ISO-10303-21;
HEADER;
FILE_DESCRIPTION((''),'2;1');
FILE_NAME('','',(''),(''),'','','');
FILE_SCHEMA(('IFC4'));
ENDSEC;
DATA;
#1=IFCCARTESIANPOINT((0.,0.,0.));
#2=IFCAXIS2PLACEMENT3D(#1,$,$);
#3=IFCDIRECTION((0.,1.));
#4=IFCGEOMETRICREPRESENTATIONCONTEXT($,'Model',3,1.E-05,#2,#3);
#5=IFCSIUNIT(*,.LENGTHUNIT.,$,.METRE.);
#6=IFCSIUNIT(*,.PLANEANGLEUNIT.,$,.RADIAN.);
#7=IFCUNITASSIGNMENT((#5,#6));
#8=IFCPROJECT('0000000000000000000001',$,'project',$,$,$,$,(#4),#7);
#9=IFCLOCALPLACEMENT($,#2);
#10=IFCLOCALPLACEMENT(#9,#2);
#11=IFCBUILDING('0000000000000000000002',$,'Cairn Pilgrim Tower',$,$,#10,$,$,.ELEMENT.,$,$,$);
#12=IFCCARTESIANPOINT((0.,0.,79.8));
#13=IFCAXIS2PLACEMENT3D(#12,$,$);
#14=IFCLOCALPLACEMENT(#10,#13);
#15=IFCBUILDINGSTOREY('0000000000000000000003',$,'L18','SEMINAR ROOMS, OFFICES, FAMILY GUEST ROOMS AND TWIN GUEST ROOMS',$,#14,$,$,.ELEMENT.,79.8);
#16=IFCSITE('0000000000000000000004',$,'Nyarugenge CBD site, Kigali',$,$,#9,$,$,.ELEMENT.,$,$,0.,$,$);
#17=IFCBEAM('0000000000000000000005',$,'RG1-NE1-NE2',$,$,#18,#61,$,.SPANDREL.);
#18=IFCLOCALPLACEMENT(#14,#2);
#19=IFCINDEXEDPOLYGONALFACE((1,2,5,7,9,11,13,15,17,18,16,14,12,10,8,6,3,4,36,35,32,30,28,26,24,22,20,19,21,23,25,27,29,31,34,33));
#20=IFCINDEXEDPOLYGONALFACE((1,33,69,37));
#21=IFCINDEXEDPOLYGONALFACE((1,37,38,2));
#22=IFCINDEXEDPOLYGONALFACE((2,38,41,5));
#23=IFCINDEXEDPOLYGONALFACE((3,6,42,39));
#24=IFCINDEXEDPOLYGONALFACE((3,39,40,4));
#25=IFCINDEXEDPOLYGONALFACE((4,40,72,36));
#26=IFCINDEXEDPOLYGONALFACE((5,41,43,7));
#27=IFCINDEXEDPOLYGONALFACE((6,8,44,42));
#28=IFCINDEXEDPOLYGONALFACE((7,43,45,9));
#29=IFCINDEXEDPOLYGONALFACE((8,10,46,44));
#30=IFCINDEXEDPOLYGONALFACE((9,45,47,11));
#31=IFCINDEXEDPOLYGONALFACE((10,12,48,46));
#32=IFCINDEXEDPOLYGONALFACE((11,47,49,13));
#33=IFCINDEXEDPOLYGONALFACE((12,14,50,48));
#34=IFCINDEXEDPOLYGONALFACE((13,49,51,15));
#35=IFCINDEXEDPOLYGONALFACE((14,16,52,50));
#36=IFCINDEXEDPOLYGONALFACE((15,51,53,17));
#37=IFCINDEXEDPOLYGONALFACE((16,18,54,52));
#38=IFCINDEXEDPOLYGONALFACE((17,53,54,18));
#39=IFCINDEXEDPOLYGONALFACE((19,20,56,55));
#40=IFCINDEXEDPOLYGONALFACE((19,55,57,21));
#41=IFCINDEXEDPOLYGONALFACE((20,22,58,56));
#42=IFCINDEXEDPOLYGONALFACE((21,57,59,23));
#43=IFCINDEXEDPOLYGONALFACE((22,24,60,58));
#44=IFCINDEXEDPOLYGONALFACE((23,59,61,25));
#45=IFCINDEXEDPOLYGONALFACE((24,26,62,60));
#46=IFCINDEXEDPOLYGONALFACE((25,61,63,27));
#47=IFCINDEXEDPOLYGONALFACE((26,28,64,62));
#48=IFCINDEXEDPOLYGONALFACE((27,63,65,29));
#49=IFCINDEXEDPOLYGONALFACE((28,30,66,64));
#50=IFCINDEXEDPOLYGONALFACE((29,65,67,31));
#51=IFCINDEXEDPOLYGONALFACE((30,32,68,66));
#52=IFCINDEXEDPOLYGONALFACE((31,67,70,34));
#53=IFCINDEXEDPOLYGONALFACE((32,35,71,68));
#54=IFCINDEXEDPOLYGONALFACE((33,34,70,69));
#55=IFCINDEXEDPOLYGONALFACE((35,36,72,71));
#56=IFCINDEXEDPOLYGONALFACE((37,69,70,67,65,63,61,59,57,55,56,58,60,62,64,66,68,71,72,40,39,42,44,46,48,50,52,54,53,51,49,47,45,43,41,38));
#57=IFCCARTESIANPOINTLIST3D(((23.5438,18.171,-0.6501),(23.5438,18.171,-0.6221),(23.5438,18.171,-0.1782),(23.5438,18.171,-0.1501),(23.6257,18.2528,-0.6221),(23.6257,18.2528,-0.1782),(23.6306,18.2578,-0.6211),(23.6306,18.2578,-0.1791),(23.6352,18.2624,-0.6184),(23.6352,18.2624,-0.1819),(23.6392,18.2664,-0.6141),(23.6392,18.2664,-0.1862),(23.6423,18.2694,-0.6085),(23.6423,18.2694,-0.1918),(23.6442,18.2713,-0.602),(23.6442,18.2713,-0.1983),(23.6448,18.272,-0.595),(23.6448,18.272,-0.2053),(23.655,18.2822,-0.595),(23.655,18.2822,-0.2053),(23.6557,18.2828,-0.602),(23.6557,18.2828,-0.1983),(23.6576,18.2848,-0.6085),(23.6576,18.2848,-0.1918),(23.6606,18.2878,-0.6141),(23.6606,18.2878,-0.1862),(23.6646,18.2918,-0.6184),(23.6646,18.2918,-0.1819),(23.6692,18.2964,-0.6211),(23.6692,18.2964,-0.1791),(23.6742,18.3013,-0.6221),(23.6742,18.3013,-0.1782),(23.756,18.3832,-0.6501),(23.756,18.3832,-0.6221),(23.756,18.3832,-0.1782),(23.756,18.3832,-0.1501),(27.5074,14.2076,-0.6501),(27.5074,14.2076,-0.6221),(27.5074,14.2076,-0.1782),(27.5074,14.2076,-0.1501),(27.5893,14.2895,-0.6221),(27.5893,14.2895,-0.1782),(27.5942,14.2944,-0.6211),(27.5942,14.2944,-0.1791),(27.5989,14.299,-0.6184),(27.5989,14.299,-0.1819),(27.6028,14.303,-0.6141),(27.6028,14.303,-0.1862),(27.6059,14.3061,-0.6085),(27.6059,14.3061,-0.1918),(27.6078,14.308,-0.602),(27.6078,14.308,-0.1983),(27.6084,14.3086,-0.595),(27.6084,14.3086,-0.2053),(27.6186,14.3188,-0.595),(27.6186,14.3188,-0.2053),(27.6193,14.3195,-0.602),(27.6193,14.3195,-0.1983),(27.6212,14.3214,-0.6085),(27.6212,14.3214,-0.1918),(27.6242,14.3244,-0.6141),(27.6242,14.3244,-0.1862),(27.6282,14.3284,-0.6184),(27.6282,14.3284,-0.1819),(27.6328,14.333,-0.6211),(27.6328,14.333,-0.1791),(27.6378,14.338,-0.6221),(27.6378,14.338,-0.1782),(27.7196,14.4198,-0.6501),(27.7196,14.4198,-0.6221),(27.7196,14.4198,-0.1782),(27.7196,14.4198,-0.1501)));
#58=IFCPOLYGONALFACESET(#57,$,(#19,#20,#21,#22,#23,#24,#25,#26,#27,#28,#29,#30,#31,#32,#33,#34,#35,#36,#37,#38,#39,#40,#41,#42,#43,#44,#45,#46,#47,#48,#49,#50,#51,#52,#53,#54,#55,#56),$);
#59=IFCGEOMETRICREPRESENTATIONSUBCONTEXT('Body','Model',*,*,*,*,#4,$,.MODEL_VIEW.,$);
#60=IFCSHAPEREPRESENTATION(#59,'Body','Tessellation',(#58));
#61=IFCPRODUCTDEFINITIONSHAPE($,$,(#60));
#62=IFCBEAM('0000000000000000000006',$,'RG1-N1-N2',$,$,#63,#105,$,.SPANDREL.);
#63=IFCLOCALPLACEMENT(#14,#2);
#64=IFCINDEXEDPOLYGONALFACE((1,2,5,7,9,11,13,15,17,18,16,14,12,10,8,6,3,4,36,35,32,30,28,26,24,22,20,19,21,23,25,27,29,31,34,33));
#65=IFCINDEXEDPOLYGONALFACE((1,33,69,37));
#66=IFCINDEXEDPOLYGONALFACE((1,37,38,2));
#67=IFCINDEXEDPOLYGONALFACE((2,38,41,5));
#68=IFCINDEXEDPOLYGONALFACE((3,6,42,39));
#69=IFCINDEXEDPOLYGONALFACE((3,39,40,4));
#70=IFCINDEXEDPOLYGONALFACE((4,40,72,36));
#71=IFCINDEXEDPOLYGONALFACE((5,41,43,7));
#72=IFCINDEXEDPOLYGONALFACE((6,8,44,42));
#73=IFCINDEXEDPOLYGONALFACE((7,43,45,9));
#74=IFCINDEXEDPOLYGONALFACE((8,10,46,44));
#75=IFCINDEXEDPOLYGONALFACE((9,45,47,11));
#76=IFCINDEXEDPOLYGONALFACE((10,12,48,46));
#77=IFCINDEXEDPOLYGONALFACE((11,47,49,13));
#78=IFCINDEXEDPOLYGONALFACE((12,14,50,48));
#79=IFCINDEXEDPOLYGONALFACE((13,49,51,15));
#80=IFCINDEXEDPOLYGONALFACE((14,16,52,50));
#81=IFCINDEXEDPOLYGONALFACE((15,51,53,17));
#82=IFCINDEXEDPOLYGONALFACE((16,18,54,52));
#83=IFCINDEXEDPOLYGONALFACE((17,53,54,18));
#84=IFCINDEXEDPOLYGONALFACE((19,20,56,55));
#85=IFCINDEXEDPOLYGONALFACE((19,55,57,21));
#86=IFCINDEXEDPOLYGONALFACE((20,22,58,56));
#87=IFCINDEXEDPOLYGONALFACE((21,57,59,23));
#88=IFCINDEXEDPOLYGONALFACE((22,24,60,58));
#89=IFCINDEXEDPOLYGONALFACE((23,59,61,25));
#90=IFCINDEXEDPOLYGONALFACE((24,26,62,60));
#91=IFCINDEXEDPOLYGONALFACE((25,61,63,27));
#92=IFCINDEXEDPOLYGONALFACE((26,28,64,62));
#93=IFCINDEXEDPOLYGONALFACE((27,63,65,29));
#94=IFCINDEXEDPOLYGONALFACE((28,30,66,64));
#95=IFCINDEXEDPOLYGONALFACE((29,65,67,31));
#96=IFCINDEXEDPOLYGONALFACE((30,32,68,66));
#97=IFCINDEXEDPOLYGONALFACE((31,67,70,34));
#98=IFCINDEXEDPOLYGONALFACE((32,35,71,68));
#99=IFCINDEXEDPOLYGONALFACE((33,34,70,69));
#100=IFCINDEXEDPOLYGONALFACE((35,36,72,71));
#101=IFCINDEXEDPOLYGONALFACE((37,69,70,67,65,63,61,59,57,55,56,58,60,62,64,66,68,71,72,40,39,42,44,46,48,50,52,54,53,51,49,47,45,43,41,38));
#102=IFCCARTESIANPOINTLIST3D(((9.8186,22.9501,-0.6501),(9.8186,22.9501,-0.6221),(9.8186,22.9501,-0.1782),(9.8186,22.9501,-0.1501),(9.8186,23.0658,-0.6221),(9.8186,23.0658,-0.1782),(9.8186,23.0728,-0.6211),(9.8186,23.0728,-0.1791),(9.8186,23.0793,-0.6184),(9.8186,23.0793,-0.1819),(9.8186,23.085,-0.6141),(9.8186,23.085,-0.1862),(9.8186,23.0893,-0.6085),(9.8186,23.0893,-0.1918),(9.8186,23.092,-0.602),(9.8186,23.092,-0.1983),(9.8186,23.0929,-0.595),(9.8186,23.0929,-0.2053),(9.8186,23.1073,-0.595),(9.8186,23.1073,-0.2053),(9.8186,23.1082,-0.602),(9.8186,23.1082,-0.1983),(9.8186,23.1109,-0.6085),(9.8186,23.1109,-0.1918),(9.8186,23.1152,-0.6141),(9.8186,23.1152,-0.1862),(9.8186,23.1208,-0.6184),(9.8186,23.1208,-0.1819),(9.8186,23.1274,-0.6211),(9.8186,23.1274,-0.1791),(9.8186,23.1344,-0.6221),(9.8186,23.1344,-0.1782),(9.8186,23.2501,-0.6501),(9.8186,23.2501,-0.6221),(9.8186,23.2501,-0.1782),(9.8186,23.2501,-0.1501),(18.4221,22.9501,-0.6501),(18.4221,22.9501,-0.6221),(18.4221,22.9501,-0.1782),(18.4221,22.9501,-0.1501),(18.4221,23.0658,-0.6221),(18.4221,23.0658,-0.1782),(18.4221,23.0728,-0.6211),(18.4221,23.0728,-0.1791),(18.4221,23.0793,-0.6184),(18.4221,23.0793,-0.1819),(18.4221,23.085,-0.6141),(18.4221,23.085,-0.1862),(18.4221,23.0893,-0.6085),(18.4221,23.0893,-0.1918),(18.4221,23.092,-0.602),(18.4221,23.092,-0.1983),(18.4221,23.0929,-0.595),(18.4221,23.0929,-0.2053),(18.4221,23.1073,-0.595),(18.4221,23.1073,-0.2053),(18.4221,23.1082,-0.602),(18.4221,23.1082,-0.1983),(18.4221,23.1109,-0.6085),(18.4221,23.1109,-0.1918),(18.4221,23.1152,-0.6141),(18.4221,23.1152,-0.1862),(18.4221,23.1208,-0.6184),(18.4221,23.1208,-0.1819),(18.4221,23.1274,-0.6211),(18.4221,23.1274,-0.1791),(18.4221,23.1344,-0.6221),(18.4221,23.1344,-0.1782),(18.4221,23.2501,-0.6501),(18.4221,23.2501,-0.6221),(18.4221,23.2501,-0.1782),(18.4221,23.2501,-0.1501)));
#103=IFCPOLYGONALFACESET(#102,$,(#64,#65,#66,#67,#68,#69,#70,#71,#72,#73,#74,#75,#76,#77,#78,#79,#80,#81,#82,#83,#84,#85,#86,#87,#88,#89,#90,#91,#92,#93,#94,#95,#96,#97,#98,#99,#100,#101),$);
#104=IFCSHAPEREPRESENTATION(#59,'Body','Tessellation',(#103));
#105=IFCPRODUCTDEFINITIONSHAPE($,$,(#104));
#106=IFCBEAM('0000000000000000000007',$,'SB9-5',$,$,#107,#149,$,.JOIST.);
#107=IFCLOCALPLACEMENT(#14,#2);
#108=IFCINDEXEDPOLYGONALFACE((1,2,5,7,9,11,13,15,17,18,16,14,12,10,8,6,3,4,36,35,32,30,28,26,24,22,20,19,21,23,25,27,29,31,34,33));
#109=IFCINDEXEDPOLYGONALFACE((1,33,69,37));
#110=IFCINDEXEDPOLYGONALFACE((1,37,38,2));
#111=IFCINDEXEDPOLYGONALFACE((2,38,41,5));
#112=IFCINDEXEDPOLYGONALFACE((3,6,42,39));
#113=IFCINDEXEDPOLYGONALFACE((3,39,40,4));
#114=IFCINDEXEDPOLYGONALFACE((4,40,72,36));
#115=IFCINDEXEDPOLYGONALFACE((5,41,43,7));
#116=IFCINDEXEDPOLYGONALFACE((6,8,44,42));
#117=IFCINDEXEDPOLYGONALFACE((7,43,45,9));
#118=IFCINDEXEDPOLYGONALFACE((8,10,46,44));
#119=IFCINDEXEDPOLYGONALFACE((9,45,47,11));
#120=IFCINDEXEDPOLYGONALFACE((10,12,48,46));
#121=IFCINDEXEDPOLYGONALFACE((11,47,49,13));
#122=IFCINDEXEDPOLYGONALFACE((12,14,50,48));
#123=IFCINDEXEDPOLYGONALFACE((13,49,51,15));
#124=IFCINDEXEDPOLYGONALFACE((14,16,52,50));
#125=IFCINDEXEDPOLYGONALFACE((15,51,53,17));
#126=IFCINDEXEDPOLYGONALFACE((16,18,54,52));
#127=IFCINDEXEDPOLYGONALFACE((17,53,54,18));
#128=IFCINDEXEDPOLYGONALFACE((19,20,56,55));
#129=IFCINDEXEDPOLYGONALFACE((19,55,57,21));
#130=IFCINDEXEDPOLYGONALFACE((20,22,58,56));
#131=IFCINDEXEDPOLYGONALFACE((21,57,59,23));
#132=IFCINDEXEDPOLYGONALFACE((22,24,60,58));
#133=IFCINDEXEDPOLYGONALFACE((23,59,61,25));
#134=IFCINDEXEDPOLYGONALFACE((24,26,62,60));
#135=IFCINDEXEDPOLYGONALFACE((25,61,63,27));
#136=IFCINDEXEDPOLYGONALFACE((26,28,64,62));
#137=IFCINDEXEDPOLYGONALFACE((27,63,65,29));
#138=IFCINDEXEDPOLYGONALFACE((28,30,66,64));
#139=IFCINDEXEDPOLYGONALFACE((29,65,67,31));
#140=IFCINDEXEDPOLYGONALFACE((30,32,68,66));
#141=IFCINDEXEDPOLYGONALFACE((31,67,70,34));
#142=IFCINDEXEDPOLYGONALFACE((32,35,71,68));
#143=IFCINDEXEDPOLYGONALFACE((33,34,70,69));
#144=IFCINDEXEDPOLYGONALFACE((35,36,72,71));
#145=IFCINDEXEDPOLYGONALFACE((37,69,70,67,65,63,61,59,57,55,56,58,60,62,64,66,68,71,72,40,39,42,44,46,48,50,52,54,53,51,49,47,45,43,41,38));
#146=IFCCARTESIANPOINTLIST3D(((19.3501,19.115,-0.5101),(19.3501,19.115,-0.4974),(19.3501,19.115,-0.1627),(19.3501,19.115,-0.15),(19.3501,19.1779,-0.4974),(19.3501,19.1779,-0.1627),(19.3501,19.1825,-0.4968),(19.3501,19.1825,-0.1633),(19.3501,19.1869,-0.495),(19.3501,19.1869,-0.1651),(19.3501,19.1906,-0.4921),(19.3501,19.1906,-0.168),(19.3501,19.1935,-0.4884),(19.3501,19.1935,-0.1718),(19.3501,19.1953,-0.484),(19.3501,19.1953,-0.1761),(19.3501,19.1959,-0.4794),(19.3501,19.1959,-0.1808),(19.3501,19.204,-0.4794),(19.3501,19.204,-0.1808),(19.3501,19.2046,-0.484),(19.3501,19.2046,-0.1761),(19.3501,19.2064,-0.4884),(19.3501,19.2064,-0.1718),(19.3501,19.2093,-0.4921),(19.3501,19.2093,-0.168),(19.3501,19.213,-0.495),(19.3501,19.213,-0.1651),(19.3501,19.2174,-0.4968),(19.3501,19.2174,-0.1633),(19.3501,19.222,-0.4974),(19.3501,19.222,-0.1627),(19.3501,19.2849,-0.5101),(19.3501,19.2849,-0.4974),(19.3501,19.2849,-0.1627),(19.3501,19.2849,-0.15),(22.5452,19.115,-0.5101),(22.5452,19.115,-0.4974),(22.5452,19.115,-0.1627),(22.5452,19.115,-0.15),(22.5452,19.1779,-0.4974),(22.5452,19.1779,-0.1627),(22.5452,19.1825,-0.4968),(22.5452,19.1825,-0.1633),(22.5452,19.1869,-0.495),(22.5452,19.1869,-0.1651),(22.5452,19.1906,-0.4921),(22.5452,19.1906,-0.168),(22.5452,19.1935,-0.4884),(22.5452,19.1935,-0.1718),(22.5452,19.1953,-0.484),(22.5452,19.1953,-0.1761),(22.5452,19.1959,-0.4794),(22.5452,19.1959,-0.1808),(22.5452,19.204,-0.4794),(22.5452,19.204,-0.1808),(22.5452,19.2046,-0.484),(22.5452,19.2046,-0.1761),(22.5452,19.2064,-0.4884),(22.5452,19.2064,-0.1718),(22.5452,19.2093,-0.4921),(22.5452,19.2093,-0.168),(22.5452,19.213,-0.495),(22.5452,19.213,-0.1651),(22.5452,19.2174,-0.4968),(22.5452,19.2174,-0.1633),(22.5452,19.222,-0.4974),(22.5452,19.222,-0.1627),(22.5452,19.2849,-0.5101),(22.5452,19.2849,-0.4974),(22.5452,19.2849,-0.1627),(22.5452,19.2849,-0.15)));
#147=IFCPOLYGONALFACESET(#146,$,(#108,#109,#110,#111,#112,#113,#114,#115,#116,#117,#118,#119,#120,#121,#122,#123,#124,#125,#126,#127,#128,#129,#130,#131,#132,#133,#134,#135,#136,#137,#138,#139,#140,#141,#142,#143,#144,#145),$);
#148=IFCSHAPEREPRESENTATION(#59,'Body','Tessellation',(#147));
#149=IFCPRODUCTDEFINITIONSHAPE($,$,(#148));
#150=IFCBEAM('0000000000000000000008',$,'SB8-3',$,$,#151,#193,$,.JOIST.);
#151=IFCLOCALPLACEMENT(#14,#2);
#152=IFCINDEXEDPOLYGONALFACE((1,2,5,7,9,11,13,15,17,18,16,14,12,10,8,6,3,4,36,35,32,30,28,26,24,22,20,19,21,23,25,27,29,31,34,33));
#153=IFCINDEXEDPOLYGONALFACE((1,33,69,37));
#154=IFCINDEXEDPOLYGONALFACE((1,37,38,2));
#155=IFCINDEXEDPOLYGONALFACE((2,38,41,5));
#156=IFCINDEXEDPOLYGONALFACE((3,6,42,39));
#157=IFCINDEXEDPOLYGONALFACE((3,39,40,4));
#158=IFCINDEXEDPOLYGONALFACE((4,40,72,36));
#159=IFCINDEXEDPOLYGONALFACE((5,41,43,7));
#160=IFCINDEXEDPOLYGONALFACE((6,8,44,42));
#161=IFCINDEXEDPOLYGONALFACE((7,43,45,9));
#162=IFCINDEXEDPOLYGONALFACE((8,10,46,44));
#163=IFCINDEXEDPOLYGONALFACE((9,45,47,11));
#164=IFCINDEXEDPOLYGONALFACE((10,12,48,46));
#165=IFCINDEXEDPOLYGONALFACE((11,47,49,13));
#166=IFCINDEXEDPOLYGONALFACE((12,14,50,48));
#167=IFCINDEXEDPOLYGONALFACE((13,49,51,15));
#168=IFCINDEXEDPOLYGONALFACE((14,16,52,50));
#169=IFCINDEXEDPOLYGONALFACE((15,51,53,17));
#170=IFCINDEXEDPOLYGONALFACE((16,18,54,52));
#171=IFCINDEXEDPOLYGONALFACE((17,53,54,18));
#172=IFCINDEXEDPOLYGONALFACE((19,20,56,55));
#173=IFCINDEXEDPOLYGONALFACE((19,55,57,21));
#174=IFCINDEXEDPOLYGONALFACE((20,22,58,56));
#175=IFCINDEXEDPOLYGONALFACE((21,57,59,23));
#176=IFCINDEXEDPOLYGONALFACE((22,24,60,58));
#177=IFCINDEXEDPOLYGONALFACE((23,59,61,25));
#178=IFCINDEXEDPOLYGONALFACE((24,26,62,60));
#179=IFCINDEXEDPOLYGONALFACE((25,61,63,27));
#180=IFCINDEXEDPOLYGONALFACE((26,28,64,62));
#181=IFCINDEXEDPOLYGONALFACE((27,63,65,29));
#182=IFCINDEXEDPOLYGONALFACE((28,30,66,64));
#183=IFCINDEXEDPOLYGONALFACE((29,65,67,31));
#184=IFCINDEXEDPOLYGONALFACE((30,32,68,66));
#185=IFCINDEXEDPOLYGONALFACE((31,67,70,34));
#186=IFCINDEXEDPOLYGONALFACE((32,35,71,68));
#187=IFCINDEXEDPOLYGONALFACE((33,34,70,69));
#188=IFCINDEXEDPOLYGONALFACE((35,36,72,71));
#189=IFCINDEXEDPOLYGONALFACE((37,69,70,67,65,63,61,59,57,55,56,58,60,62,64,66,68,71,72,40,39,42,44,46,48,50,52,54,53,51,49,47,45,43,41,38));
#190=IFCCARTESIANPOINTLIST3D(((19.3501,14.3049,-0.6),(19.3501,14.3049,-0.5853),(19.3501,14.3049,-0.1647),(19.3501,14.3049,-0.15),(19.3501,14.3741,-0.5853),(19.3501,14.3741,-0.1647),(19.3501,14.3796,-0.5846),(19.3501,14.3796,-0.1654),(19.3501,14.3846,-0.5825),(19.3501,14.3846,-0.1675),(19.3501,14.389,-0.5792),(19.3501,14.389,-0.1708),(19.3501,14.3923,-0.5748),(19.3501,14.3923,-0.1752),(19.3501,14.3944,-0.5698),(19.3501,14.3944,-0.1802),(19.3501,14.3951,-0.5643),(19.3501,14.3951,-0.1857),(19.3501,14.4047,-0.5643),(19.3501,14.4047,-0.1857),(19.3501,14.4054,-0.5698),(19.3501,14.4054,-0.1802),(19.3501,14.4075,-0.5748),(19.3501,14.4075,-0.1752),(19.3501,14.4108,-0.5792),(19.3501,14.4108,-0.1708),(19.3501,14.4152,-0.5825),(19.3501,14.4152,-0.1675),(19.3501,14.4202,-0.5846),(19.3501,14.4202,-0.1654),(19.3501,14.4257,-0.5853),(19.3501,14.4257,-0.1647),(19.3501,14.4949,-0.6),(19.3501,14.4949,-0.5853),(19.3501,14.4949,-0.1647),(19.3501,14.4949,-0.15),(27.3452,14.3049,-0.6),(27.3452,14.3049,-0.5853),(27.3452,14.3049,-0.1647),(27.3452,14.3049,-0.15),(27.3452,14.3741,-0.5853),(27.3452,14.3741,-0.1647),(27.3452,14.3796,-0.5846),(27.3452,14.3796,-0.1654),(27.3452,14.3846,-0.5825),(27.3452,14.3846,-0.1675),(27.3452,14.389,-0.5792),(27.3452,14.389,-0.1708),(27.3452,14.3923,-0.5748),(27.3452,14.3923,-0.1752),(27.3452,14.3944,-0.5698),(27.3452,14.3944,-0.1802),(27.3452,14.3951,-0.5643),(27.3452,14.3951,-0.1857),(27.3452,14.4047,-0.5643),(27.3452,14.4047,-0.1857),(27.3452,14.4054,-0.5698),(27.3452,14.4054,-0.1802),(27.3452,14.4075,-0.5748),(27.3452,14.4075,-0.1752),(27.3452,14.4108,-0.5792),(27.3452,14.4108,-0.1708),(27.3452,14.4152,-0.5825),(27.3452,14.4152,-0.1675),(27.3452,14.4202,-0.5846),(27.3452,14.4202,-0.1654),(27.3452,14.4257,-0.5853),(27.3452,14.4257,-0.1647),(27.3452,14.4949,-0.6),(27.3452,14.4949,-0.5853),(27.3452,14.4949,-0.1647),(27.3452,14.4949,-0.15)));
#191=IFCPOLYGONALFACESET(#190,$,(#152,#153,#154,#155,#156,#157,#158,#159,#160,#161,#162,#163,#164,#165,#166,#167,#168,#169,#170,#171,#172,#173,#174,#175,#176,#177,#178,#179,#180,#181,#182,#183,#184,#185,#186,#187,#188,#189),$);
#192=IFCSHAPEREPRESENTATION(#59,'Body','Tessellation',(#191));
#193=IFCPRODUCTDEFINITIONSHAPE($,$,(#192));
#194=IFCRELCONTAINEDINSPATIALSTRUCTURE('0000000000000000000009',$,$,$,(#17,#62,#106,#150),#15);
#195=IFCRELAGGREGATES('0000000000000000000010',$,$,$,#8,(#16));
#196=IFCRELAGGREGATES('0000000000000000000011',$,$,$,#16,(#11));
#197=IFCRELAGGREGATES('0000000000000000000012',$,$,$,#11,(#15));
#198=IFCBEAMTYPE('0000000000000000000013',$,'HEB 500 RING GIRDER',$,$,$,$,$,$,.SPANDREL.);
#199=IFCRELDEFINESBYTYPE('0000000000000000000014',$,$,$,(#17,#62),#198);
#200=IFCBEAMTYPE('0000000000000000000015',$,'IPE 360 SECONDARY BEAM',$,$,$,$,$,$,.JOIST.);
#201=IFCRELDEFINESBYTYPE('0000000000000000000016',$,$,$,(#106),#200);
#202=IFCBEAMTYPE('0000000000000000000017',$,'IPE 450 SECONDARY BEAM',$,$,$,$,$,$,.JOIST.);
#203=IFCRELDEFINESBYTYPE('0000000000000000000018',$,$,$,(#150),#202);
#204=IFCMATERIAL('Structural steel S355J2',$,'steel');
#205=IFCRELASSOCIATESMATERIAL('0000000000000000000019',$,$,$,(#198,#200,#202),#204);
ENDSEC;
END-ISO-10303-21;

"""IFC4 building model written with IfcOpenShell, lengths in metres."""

from ifc_helpers import new_model, si_unit, direction, frame, origin, origin_2d, place, context, subcontext, project, spatial, i_section, extrude, material, material_profile, profile_set, type_object, element, save


model = new_model("IFC4")

# Units and contexts
model_context = context("Model", 3, precision=1e-05, world=origin(), true_north=direction((0.0, 1.0)))
body_context = subcontext(model_context, "Body", "Model", "MODEL_VIEW")
ifc_project = project(units=[si_unit("LENGTHUNIT", "METRE"), si_unit("PLANEANGLEUNIT", "RADIAN")], contexts=[model_context])

# Site, building, storey
site_placement = place(None, origin())
site = spatial("IfcSite", under=ifc_project, at=site_placement, Name="Nyarugenge CBD site, Kigali", CompositionType="ELEMENT", RefElevation=0.0)
building_placement = place(site_placement, origin())
building = spatial("IfcBuilding", under=site, at=building_placement, Name="Cairn Pilgrim Tower", CompositionType="ELEMENT")
storey_placement = place(building_placement, frame((0.0, 0.0, 79.8)))
storey = spatial("IfcBuildingStorey", under=building, at=storey_placement, Name="L18", Description="SEMINAR ROOMS, OFFICES, FAMILY GUEST ROOMS AND TWIN GUEST ROOMS", CompositionType="ELEMENT", Elevation=79.8)

# Shared definitions
ifc_material_1 = material(Name="Structural steel S355J2", Category="steel")

# Beams
ifc_material_profile_1 = material_profile(ifc_material_1, i_section(OverallWidth=0.3, OverallDepth=0.5, WebThickness=0.0144, FlangeThickness=0.0281, FilletRadius=0.0271, at=origin_2d()), Name="HEB 500")
ifc_profile_set_1 = profile_set([ifc_material_profile_1], Name="Structural steel S355J2")
beam_type_1 = type_object("IfcBeamType", Name="HEB 500 RING GIRDER", PredefinedType="SPANDREL", material=ifc_profile_set_1)
beam_1_placement = place(storey_placement, frame((27.6135, 14.3137, -0.4001), z_axis=(-0.707129, 0.707085, 0.0), x_axis=(-0.707085, -0.707129, 0.0)))
element("IfcBeam", 1, at=beam_1_placement, inside=storey, type_object=beam_type_1, Name="RG1-NE1-NE2", PredefinedType="SPANDREL", context=body_context, shape_type="SweptSolid", body=[
    extrude(i_section(OverallWidth=0.3, OverallDepth=0.5, WebThickness=0.0144, FlangeThickness=0.0281, FilletRadius=0.0271, at=origin_2d()), origin(), (0.0, 0.0, 1.0), 5.6052),
])
beam_2_placement = place(storey_placement, frame((18.4221, 23.1001, -0.4001), z_axis=(-1.0, 0.0, 0.0), x_axis=(0.0, -1.0, 0.0)))
element("IfcBeam", 2, at=beam_2_placement, inside=storey, type_object=beam_type_1, Name="RG1-N1-N2", PredefinedType="SPANDREL", context=body_context, shape_type="SweptSolid", body=[
    extrude(i_section(OverallWidth=0.3, OverallDepth=0.5, WebThickness=0.0144, FlangeThickness=0.0281, FilletRadius=0.0271, at=origin_2d()), origin(), (0.0, 0.0, 1.0), 8.6035),
])
ifc_material_profile_2 = material_profile(ifc_material_1, i_section(OverallWidth=0.1699, OverallDepth=0.3601, WebThickness=0.0081, FlangeThickness=0.0127, FilletRadius=0.0181, at=origin_2d()), Name="IPE 360")
ifc_profile_set_2 = profile_set([ifc_material_profile_2], Name="Structural steel S355J2")
beam_type_2 = type_object("IfcBeamType", Name="IPE 360 SECONDARY BEAM", PredefinedType="JOIST", material=ifc_profile_set_2)
beam_3_placement = place(storey_placement, frame((19.3501, 19.2, -0.3301), z_axis=(1.0, 0.0, 0.0), x_axis=(0.0, 1.0, 0.0)))
element("IfcBeam", 3, at=beam_3_placement, inside=storey, type_object=beam_type_2, Name="SB9-5", PredefinedType="JOIST", context=body_context, shape_type="SweptSolid", body=[
    extrude(i_section(OverallWidth=0.1699, OverallDepth=0.3601, WebThickness=0.0081, FlangeThickness=0.0127, FilletRadius=0.0181, at=origin_2d()), origin(), (0.0, 0.0, 1.0), 3.1951),
])
ifc_material_profile_3 = material_profile(ifc_material_1, i_section(OverallWidth=0.1899, OverallDepth=0.45, WebThickness=0.0095, FlangeThickness=0.0146, FilletRadius=0.021, at=origin_2d()), Name="IPE 450")
ifc_profile_set_3 = profile_set([ifc_material_profile_3], Name="Structural steel S355J2")
beam_type_3 = type_object("IfcBeamType", Name="IPE 450 SECONDARY BEAM", PredefinedType="JOIST", material=ifc_profile_set_3)
beam_4_placement = place(storey_placement, frame((19.3501, 14.3999, -0.375), z_axis=(1.0, 0.0, 0.0), x_axis=(0.0, 1.0, 0.0)))
element("IfcBeam", 4, at=beam_4_placement, inside=storey, type_object=beam_type_3, Name="SB8-3", PredefinedType="JOIST", context=body_context, shape_type="SweptSolid", body=[
    extrude(i_section(OverallWidth=0.1899, OverallDepth=0.45, WebThickness=0.0095, FlangeThickness=0.0146, FilletRadius=0.021, at=origin_2d()), origin(), (0.0, 0.0, 1.0), 7.9951),
])

save(model, "model.ifc")
